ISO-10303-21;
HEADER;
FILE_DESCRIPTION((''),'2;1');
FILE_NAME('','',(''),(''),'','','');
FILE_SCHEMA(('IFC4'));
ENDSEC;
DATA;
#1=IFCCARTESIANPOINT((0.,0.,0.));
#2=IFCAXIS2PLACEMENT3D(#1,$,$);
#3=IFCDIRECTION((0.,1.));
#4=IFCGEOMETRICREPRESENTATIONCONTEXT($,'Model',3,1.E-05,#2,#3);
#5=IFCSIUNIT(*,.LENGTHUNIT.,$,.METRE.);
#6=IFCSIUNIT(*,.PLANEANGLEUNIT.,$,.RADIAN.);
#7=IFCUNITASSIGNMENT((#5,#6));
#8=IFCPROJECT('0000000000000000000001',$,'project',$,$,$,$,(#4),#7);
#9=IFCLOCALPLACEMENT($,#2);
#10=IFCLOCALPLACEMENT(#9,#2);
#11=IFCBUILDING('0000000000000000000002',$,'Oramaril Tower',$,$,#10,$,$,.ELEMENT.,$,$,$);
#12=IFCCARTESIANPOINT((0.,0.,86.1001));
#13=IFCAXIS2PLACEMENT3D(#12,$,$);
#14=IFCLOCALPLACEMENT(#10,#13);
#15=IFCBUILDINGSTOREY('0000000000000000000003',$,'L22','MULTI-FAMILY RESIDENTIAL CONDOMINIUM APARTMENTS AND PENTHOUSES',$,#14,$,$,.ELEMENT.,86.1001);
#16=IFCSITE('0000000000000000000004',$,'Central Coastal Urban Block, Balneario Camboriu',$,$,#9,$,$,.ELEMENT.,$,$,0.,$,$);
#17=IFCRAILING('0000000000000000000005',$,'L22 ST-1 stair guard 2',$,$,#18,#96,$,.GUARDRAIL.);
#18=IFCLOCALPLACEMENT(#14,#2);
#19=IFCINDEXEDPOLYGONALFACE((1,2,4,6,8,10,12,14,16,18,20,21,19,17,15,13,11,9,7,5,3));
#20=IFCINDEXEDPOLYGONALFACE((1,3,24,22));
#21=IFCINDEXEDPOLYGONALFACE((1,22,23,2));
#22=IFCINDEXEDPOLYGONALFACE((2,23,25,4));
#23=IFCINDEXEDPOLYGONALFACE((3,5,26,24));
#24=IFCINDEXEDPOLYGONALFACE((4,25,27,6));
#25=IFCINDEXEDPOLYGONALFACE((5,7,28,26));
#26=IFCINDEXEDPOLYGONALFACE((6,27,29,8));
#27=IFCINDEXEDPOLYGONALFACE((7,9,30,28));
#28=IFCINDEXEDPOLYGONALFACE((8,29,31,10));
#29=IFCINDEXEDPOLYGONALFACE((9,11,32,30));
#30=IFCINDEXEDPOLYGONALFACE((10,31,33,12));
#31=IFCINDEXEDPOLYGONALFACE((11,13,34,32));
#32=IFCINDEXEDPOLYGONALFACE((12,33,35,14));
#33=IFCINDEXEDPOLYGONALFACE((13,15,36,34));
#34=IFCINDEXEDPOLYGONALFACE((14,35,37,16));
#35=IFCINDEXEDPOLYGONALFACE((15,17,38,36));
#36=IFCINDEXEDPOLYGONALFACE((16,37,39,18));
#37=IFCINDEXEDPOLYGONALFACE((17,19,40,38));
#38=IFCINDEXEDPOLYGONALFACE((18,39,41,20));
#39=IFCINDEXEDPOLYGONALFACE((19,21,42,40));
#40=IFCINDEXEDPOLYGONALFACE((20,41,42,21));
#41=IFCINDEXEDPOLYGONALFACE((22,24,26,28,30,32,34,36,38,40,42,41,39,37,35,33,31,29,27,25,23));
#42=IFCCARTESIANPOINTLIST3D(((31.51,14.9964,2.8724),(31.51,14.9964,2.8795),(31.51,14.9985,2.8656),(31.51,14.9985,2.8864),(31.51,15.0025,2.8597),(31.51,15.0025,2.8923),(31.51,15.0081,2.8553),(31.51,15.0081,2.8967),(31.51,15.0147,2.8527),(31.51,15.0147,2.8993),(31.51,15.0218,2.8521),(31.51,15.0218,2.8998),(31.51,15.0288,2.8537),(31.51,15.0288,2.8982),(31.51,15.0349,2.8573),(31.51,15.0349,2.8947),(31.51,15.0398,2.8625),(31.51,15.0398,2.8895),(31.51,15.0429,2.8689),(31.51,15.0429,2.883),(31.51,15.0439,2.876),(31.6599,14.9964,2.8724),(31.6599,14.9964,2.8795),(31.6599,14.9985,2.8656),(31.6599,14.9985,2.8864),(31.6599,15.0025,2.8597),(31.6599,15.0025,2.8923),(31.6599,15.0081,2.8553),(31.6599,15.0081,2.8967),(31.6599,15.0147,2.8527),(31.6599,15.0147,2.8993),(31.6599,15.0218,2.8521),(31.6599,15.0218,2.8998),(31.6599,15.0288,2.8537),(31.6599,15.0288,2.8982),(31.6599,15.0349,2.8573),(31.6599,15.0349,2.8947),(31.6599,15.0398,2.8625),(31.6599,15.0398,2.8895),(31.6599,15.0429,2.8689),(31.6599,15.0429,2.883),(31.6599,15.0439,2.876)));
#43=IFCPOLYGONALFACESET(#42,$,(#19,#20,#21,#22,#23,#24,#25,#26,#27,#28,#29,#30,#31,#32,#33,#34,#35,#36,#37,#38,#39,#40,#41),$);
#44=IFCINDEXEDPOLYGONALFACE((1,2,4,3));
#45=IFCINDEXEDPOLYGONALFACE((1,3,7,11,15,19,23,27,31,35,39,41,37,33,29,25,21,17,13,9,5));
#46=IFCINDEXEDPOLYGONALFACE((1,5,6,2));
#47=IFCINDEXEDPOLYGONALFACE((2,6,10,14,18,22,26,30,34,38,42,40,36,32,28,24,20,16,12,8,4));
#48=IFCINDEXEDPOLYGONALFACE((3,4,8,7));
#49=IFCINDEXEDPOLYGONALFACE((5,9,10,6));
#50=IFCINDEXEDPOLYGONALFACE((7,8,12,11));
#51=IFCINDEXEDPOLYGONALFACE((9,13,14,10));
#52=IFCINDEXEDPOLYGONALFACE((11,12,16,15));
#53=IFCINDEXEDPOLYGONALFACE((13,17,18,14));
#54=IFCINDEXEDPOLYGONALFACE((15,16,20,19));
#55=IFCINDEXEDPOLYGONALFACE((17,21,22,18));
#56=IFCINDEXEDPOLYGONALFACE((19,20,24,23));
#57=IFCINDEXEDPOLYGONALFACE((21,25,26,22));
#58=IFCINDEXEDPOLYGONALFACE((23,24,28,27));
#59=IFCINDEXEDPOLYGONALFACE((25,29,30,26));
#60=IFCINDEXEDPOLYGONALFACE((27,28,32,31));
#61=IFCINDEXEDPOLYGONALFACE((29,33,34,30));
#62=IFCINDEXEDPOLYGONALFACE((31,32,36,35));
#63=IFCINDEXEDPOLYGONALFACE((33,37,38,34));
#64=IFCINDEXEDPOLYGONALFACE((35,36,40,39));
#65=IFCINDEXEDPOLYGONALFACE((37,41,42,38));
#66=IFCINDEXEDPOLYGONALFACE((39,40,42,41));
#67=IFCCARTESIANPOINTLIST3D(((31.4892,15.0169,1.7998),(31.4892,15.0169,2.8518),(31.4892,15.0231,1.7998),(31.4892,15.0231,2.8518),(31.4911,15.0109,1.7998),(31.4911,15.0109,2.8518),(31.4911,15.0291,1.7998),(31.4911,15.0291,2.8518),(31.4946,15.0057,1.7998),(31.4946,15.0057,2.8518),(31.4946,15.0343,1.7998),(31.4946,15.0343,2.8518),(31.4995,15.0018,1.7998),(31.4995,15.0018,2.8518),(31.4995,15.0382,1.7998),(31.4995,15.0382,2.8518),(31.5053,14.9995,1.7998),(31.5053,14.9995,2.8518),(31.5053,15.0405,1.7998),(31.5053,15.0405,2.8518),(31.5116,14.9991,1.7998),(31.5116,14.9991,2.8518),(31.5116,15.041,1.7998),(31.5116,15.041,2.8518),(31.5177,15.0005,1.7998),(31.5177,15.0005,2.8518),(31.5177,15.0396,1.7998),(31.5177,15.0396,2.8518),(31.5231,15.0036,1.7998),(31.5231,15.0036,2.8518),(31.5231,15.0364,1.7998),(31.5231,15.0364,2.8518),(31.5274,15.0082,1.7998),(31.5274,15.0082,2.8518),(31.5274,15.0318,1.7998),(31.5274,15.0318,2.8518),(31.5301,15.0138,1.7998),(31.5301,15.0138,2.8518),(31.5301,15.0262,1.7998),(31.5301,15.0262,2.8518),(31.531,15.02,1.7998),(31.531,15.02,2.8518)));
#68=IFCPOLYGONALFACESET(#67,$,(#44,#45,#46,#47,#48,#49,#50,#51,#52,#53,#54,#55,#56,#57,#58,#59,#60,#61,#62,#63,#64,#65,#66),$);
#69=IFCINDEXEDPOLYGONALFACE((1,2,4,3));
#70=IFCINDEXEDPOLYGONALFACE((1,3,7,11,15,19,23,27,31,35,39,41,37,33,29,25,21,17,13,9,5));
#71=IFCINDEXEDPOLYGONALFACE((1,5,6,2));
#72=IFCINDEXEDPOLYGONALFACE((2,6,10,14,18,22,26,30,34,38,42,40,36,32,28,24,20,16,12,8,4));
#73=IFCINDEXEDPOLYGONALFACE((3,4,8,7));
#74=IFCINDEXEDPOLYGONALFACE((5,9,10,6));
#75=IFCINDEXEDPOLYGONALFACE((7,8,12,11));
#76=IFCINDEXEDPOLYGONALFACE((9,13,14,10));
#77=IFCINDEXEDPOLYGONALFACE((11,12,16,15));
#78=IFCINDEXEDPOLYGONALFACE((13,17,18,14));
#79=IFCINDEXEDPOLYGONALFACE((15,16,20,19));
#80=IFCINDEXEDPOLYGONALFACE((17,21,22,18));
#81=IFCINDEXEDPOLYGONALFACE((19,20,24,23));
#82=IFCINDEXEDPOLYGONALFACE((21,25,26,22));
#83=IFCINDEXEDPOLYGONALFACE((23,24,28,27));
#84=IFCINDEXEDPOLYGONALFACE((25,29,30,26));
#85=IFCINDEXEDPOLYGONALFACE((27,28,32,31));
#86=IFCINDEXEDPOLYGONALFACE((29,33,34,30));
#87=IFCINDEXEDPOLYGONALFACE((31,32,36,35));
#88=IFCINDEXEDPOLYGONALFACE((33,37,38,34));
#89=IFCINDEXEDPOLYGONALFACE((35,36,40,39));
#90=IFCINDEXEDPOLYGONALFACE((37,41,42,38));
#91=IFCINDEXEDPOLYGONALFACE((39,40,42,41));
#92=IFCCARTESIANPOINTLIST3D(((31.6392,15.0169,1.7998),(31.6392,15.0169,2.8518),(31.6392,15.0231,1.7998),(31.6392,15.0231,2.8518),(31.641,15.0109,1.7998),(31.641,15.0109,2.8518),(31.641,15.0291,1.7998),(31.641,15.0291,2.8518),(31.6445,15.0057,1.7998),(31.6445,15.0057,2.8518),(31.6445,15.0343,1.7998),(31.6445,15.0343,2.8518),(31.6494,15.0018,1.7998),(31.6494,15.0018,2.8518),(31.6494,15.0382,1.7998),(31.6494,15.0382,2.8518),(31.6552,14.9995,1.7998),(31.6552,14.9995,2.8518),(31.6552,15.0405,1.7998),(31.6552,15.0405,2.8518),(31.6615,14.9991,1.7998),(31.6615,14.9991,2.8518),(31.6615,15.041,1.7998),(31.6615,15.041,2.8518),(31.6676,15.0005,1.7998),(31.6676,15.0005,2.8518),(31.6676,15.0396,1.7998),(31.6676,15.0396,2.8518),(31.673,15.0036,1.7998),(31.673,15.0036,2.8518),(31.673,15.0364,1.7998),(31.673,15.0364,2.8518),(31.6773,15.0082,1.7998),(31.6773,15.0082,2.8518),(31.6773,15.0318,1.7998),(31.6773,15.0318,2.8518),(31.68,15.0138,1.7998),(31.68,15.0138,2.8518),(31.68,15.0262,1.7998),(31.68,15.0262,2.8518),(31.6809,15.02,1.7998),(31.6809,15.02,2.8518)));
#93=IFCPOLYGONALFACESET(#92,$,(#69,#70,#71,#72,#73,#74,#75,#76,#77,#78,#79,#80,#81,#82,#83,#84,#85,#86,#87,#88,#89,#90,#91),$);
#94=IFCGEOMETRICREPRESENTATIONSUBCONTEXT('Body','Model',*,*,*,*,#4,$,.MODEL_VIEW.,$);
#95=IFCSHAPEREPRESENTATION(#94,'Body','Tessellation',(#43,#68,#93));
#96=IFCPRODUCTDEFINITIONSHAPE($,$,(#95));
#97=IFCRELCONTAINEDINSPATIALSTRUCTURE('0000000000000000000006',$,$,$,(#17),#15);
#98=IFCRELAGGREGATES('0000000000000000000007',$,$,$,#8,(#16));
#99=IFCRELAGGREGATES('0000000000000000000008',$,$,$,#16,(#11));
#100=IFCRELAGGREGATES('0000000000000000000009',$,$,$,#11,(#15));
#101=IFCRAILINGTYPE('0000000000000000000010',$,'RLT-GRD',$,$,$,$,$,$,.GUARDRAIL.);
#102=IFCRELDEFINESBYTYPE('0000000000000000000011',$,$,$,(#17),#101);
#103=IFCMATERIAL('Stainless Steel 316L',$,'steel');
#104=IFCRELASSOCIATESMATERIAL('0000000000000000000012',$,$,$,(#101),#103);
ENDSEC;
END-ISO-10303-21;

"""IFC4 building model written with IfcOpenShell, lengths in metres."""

from ifc_helpers import new_model, si_unit, direction, frame, origin, origin_2d, place, context, subcontext, project, spatial, circle, extrude, material, type_object, element, save


model = new_model("IFC4")

# Units and contexts
model_context = context("Model", 3, precision=1e-05, world=origin(), true_north=direction((0.0, 1.0)))
body_context = subcontext(model_context, "Body", "Model", "MODEL_VIEW")
ifc_project = project(units=[si_unit("LENGTHUNIT", "METRE"), si_unit("PLANEANGLEUNIT", "RADIAN")], contexts=[model_context])

# Site, building, storey
site_placement = place(None, origin())
site = spatial("IfcSite", under=ifc_project, at=site_placement, Name="Central Coastal Urban Block, Balneario Camboriu", CompositionType="ELEMENT", RefElevation=0.0)
building_placement = place(site_placement, origin())
building = spatial("IfcBuilding", under=site, at=building_placement, Name="Oramaril Tower", CompositionType="ELEMENT")
storey_placement = place(building_placement, frame((0.0, 0.0, 86.1001)))
storey = spatial("IfcBuildingStorey", under=building, at=storey_placement, Name="L22", Description="MULTI-FAMILY RESIDENTIAL CONDOMINIUM APARTMENTS AND PENTHOUSES", CompositionType="ELEMENT", Elevation=86.1001)

# Railing
ifc_material_1 = material(Name="Stainless Steel 316L", Category="steel")
railing_type_1 = type_object("IfcRailingType", Name="RLT-GRD", PredefinedType="GUARDRAIL", material=ifc_material_1)
railing_1_placement = place(storey_placement, frame((31.51, 15.02, 1.7998)))
element("IfcRailing", 1, at=railing_1_placement, inside=storey, type_object=railing_type_1, Name="L22 ST-1 stair guard 2", PredefinedType="GUARDRAIL", context=body_context, shape_type="SweptSolid", body=[
    extrude(circle(Radius=0.0239, at=origin_2d()), frame((0.0, 0.0, 1.0762), z_axis=(1.0, 0.0, 0.0), x_axis=(0.0, 1.0, 0.0)), (0.0, 0.0, 1.0), 0.1499),
    extrude(circle(Radius=0.021, at=origin_2d()), origin(), (0.0, 0.0, 1.0), 1.052),
    extrude(circle(Radius=0.021, at=origin_2d()), frame((0.1499, 0.0, 0.0)), (0.0, 0.0, 1.0), 1.052),
])

save(model, "model.ifc")
